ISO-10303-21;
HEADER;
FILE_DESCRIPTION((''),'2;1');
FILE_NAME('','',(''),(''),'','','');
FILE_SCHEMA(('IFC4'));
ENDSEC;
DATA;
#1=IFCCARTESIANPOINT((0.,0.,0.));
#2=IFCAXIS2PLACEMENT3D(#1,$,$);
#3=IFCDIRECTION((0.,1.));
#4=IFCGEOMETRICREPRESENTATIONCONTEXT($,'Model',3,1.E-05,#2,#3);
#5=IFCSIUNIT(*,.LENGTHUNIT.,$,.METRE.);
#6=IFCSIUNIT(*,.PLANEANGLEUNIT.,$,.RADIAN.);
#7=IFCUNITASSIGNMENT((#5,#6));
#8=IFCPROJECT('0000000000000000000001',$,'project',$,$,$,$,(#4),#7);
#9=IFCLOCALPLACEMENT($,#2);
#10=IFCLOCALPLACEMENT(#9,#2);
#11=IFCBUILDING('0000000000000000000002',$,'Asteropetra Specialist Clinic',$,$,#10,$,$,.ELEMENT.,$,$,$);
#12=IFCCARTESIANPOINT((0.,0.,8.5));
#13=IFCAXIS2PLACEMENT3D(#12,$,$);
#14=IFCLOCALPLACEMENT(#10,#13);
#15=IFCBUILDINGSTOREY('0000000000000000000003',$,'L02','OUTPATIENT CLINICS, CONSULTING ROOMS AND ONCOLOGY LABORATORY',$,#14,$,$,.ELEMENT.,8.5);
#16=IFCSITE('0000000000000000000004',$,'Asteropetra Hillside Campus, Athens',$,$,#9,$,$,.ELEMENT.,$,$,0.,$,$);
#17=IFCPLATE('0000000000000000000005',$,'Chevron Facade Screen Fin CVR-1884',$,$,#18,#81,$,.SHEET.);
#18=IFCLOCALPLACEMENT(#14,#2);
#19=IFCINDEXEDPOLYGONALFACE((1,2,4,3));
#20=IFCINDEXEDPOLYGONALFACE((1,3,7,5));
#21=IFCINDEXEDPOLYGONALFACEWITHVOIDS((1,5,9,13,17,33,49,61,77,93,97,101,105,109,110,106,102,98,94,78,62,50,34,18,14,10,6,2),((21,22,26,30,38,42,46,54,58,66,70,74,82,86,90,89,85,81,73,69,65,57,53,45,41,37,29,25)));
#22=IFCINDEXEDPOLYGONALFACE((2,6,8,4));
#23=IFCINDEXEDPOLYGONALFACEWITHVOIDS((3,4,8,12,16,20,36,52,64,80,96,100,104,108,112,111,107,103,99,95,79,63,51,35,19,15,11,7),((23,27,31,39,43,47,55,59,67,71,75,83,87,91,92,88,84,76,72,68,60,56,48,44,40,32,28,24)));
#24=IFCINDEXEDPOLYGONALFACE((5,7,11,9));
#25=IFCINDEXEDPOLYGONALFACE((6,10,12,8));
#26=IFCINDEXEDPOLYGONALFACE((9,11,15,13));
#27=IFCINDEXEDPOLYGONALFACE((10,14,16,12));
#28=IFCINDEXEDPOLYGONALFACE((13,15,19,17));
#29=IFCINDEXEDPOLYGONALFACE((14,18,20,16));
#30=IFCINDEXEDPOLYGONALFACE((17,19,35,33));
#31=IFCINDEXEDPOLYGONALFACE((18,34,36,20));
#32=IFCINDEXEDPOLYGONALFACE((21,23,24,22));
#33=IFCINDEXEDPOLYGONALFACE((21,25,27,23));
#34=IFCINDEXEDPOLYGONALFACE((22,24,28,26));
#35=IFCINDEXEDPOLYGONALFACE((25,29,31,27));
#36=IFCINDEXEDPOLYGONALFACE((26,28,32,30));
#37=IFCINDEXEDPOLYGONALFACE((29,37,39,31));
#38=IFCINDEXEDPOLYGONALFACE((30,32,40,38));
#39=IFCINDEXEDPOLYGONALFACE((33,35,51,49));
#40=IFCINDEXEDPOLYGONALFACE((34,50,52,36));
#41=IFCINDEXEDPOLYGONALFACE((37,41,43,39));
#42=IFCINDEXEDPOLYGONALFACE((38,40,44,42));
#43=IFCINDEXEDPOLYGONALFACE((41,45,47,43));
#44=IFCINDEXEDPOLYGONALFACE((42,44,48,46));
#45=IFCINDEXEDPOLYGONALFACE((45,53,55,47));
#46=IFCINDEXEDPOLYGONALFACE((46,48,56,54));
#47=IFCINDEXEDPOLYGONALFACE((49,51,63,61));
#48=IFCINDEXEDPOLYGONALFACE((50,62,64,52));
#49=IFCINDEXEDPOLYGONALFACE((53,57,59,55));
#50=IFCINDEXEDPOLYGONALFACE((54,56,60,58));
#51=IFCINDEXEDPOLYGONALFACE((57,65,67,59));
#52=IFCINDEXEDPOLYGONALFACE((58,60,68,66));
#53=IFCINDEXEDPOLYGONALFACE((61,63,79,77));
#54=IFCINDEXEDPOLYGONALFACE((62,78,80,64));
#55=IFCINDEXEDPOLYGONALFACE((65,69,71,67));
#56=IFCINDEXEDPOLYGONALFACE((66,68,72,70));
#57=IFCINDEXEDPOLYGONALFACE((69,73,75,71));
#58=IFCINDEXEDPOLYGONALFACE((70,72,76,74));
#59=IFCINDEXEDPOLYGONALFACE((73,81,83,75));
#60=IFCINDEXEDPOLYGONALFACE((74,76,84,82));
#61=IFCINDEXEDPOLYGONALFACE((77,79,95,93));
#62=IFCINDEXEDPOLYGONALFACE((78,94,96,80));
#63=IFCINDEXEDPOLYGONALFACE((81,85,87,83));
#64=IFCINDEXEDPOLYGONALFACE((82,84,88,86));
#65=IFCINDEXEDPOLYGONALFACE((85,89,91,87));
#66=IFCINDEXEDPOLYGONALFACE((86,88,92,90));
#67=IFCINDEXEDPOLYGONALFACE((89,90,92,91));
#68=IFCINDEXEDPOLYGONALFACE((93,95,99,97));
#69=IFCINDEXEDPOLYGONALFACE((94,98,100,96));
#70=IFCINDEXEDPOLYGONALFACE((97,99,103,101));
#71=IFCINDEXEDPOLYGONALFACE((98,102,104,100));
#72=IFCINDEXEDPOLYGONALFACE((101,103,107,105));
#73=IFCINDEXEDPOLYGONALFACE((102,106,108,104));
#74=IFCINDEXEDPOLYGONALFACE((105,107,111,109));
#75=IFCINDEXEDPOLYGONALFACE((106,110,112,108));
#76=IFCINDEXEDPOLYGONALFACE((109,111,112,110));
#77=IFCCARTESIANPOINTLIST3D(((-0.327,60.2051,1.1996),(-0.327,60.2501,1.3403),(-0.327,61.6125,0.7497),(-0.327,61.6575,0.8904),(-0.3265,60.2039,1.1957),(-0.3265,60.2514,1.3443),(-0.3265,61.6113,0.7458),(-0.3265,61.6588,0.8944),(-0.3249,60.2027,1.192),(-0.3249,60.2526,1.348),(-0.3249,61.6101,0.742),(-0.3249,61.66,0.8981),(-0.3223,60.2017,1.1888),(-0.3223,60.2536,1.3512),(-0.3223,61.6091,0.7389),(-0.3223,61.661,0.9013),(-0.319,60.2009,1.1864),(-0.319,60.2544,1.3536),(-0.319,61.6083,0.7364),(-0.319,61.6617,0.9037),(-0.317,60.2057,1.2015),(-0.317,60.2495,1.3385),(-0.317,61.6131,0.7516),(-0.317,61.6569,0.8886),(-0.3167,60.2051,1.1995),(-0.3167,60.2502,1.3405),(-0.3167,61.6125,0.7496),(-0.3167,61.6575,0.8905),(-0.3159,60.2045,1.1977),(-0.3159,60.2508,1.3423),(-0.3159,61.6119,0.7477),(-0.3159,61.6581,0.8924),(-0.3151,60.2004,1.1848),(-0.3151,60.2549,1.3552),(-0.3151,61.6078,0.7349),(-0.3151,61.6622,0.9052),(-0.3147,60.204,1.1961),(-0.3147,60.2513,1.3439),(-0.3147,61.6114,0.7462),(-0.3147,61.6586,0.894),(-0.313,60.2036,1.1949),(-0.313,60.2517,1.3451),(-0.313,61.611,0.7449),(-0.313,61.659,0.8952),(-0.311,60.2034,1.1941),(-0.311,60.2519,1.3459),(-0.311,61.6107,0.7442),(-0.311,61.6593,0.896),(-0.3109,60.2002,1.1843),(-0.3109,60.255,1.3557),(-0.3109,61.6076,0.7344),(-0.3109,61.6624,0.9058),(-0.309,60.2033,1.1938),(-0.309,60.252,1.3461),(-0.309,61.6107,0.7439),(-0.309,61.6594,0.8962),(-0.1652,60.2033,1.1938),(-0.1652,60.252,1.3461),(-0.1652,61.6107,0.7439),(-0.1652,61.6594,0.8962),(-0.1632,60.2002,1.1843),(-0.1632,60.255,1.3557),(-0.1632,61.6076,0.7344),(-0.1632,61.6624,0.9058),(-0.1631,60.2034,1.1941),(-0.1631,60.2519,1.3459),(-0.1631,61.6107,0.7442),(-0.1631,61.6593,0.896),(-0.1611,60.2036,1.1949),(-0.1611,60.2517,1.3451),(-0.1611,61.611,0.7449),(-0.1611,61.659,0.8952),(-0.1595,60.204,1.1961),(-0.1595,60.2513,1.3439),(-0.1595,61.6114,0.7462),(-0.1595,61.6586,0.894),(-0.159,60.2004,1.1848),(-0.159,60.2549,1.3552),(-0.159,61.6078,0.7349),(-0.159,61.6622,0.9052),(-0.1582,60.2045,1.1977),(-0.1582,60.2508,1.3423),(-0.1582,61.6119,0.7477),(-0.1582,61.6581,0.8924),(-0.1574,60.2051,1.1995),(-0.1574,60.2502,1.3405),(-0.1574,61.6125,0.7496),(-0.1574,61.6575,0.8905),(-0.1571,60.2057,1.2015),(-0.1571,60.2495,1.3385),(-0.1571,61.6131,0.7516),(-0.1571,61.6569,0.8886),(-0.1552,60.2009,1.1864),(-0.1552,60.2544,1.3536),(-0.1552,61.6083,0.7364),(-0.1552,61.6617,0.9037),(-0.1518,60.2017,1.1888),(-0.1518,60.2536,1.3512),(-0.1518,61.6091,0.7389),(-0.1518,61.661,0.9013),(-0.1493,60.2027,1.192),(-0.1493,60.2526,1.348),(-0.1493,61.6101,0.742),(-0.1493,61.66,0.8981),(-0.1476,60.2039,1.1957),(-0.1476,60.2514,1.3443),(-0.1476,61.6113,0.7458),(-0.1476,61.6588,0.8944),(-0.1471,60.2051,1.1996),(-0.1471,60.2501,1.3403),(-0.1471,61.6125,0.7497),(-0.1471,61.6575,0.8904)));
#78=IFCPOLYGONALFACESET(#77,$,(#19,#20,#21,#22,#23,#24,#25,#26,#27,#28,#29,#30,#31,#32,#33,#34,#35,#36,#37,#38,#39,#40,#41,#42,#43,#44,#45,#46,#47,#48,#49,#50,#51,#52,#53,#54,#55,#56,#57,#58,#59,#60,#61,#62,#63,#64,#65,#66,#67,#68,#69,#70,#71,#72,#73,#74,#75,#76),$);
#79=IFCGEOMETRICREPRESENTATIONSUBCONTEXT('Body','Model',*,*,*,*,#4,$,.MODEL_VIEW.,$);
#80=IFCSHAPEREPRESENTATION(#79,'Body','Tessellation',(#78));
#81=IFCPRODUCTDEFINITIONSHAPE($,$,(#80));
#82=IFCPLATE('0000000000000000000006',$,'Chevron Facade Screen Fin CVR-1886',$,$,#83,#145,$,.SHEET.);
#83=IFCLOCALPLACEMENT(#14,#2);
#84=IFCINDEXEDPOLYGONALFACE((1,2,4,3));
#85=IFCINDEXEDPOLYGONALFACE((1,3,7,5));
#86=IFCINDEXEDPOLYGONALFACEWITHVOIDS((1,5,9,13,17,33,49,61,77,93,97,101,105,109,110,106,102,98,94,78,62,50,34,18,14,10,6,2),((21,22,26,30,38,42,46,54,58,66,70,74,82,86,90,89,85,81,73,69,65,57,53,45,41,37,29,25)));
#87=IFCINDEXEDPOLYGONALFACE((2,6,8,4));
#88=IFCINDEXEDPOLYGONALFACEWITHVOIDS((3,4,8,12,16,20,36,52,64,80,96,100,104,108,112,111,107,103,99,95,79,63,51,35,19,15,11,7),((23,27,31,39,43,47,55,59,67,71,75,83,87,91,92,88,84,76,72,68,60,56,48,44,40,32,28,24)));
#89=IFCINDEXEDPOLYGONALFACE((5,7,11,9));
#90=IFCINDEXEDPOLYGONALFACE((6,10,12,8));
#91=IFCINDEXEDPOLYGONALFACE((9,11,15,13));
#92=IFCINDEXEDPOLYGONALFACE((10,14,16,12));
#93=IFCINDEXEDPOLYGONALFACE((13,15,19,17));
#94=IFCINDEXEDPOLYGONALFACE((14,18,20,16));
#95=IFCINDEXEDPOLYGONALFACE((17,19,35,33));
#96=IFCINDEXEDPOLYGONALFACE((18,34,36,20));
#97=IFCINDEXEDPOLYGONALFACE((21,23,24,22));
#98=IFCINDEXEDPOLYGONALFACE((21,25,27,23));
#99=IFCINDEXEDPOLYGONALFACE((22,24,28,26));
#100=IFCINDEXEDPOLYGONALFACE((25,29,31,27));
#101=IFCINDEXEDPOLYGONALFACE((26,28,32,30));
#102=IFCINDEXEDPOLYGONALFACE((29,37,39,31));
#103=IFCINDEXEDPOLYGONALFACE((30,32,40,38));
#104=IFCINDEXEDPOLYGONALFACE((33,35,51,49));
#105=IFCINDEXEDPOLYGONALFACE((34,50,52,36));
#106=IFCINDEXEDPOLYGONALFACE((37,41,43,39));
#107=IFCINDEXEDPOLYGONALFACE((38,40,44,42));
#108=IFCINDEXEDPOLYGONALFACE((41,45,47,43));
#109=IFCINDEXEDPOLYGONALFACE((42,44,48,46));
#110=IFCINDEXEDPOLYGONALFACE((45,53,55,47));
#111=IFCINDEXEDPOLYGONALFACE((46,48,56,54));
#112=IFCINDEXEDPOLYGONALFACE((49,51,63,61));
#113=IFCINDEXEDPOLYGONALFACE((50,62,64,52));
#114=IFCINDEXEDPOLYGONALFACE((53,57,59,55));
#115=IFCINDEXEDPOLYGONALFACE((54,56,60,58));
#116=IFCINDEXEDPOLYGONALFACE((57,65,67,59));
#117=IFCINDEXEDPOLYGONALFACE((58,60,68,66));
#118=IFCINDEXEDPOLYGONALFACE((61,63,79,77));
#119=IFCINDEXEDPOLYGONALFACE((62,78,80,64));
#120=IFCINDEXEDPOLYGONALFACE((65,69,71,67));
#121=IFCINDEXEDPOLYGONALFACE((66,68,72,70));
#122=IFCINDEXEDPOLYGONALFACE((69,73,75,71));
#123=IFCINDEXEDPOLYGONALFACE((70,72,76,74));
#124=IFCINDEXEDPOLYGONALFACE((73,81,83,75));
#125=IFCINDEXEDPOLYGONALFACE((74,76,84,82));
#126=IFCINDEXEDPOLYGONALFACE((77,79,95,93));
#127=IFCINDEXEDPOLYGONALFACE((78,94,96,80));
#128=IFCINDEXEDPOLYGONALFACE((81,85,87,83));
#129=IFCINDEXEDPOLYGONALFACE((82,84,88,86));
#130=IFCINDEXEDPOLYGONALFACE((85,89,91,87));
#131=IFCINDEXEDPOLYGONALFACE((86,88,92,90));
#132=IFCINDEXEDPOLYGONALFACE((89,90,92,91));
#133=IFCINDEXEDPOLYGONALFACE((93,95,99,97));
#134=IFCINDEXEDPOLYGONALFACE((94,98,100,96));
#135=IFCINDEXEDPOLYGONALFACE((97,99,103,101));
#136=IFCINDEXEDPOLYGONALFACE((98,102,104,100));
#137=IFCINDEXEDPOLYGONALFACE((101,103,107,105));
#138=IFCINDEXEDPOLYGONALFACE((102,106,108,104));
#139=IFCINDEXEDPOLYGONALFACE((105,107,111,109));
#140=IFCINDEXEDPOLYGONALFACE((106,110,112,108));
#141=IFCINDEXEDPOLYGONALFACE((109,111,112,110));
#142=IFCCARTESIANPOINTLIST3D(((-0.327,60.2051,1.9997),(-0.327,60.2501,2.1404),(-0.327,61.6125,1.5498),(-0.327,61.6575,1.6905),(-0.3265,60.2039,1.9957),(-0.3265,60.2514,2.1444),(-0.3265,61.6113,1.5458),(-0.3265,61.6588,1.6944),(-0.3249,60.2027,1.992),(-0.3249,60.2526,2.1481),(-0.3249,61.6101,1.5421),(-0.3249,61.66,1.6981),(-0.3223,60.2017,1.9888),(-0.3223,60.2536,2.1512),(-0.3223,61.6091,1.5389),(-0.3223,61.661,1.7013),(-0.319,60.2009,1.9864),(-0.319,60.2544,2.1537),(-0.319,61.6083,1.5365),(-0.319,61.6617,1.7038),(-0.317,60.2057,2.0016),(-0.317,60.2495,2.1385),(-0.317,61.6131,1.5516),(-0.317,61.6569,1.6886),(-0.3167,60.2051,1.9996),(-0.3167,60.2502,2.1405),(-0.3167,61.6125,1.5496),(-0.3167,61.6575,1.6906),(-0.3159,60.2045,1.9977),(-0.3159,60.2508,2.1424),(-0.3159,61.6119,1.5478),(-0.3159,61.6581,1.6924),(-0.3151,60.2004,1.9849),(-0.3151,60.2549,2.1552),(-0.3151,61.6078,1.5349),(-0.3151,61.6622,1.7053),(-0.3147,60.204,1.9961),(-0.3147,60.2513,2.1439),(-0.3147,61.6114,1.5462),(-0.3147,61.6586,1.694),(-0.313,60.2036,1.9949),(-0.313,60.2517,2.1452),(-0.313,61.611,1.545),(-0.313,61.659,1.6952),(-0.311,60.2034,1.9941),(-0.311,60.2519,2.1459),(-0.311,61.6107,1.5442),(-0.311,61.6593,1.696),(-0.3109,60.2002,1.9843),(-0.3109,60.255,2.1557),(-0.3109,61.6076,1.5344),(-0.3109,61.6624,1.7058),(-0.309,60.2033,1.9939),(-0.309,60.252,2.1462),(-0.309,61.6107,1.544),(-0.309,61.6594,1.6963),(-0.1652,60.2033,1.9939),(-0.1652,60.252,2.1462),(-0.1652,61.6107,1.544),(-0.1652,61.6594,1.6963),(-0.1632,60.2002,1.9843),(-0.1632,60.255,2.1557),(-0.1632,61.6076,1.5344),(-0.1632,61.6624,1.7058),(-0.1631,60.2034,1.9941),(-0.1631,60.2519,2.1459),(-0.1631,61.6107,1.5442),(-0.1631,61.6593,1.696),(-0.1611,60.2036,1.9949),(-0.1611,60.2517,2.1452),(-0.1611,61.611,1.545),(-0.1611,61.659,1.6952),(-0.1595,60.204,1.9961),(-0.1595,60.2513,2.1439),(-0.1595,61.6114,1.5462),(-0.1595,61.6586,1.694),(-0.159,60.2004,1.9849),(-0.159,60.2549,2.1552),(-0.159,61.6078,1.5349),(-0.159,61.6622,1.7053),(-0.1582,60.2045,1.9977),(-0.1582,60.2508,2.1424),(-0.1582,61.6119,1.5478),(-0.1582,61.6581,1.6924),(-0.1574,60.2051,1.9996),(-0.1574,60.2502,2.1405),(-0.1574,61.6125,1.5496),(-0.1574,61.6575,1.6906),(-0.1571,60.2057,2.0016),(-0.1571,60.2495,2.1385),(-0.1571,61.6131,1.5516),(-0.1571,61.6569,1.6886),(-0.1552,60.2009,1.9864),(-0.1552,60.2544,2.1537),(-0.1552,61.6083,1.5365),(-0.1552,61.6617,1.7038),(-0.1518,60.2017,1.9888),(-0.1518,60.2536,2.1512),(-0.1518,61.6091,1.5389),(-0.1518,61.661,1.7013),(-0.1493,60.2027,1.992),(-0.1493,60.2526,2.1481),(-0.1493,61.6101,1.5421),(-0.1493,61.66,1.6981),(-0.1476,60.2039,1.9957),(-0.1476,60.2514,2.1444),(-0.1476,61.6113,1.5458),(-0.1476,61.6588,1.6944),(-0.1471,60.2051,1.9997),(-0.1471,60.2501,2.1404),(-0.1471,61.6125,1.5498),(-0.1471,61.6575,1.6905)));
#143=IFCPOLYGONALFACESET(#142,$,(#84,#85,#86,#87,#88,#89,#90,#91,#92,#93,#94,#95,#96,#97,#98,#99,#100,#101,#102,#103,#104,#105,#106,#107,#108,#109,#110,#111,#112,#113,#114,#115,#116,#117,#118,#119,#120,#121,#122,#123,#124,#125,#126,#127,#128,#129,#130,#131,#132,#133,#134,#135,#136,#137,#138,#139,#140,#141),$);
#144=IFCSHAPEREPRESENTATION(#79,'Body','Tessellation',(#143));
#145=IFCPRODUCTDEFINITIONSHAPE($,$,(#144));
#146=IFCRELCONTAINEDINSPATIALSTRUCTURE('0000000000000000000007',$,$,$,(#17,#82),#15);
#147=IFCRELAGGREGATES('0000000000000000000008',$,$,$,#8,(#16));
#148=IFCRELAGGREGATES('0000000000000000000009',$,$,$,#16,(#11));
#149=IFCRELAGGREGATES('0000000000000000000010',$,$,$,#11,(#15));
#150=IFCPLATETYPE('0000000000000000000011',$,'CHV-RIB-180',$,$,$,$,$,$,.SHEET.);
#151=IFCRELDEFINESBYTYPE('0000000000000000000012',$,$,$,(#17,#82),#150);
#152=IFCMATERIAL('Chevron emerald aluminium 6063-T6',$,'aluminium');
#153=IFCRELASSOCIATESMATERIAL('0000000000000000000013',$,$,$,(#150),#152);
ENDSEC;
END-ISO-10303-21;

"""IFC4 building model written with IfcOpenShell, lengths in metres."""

from ifc_helpers import new_model, si_unit, direction, frame, origin, origin_2d, place, context, subcontext, project, spatial, hollow_rectangle, extrude, material, material_profile, profile_set, type_object, element, save


model = new_model("IFC4")

# Units and contexts
model_context = context("Model", 3, precision=1e-05, world=origin(), true_north=direction((0.0, 1.0)))
body_context = subcontext(model_context, "Body", "Model", "MODEL_VIEW")
ifc_project = project(units=[si_unit("LENGTHUNIT", "METRE"), si_unit("PLANEANGLEUNIT", "RADIAN")], contexts=[model_context])

# Site, building, storey
site_placement = place(None, origin())
site = spatial("IfcSite", under=ifc_project, at=site_placement, Name="Asteropetra Hillside Campus, Athens", CompositionType="ELEMENT", RefElevation=0.0)
building_placement = place(site_placement, origin())
building = spatial("IfcBuilding", under=site, at=building_placement, Name="Asteropetra Specialist Clinic", CompositionType="ELEMENT")
storey_placement = place(building_placement, frame((0.0, 0.0, 8.5)))
storey = spatial("IfcBuildingStorey", under=building, at=storey_placement, Name="L02", Description="OUTPATIENT CLINICS, CONSULTING ROOMS AND ONCOLOGY LABORATORY", CompositionType="ELEMENT", Elevation=8.5)

# Plates
ifc_material_1 = material(Name="Chevron emerald aluminium 6063-T6", Category="aluminium")
ifc_material_profile_1 = material_profile(ifc_material_1, hollow_rectangle(XDim=0.1799, YDim=0.1799, WallThickness=0.01, InnerFilletRadius=0.0081, OuterFilletRadius=0.0161, at=origin_2d()), Name="SHS 180x180x10.0")
ifc_profile_set_1 = profile_set([ifc_material_profile_1], Name="Chevron emerald aluminium 6063-T6")
plate_type_1 = type_object("IfcPlateType", Name="CHV-RIB-180", PredefinedType="SHEET", material=ifc_profile_set_1)
for number, where, z_axis, x_axis, name in (
    (1, (-0.2371, 61.635, 0.8201), (0.0, -0.95251, 0.304506), (1.0, 0.0, 0.0), "Chevron Facade Screen Fin CVR-1884"),
    (2, (-0.2371, 61.635, 1.6201), (0.0, -0.95251, 0.304506), (1.0, 0.0, 0.0), "Chevron Facade Screen Fin CVR-1886"),
):
    element("IfcPlate", number, at=place(storey_placement, frame(where, z_axis=z_axis, x_axis=x_axis)), inside=storey, type_object=plate_type_1, Name=name, PredefinedType="SHEET", context=body_context, shape_type="SweptSolid", body=[
        extrude(hollow_rectangle(XDim=0.1799, YDim=0.1799, WallThickness=0.01, InnerFilletRadius=0.0081, OuterFilletRadius=0.0161, at=origin_2d()), origin(), (0.0, 0.0, 1.0), 1.4775),
    ])

save(model, "model.ifc")
